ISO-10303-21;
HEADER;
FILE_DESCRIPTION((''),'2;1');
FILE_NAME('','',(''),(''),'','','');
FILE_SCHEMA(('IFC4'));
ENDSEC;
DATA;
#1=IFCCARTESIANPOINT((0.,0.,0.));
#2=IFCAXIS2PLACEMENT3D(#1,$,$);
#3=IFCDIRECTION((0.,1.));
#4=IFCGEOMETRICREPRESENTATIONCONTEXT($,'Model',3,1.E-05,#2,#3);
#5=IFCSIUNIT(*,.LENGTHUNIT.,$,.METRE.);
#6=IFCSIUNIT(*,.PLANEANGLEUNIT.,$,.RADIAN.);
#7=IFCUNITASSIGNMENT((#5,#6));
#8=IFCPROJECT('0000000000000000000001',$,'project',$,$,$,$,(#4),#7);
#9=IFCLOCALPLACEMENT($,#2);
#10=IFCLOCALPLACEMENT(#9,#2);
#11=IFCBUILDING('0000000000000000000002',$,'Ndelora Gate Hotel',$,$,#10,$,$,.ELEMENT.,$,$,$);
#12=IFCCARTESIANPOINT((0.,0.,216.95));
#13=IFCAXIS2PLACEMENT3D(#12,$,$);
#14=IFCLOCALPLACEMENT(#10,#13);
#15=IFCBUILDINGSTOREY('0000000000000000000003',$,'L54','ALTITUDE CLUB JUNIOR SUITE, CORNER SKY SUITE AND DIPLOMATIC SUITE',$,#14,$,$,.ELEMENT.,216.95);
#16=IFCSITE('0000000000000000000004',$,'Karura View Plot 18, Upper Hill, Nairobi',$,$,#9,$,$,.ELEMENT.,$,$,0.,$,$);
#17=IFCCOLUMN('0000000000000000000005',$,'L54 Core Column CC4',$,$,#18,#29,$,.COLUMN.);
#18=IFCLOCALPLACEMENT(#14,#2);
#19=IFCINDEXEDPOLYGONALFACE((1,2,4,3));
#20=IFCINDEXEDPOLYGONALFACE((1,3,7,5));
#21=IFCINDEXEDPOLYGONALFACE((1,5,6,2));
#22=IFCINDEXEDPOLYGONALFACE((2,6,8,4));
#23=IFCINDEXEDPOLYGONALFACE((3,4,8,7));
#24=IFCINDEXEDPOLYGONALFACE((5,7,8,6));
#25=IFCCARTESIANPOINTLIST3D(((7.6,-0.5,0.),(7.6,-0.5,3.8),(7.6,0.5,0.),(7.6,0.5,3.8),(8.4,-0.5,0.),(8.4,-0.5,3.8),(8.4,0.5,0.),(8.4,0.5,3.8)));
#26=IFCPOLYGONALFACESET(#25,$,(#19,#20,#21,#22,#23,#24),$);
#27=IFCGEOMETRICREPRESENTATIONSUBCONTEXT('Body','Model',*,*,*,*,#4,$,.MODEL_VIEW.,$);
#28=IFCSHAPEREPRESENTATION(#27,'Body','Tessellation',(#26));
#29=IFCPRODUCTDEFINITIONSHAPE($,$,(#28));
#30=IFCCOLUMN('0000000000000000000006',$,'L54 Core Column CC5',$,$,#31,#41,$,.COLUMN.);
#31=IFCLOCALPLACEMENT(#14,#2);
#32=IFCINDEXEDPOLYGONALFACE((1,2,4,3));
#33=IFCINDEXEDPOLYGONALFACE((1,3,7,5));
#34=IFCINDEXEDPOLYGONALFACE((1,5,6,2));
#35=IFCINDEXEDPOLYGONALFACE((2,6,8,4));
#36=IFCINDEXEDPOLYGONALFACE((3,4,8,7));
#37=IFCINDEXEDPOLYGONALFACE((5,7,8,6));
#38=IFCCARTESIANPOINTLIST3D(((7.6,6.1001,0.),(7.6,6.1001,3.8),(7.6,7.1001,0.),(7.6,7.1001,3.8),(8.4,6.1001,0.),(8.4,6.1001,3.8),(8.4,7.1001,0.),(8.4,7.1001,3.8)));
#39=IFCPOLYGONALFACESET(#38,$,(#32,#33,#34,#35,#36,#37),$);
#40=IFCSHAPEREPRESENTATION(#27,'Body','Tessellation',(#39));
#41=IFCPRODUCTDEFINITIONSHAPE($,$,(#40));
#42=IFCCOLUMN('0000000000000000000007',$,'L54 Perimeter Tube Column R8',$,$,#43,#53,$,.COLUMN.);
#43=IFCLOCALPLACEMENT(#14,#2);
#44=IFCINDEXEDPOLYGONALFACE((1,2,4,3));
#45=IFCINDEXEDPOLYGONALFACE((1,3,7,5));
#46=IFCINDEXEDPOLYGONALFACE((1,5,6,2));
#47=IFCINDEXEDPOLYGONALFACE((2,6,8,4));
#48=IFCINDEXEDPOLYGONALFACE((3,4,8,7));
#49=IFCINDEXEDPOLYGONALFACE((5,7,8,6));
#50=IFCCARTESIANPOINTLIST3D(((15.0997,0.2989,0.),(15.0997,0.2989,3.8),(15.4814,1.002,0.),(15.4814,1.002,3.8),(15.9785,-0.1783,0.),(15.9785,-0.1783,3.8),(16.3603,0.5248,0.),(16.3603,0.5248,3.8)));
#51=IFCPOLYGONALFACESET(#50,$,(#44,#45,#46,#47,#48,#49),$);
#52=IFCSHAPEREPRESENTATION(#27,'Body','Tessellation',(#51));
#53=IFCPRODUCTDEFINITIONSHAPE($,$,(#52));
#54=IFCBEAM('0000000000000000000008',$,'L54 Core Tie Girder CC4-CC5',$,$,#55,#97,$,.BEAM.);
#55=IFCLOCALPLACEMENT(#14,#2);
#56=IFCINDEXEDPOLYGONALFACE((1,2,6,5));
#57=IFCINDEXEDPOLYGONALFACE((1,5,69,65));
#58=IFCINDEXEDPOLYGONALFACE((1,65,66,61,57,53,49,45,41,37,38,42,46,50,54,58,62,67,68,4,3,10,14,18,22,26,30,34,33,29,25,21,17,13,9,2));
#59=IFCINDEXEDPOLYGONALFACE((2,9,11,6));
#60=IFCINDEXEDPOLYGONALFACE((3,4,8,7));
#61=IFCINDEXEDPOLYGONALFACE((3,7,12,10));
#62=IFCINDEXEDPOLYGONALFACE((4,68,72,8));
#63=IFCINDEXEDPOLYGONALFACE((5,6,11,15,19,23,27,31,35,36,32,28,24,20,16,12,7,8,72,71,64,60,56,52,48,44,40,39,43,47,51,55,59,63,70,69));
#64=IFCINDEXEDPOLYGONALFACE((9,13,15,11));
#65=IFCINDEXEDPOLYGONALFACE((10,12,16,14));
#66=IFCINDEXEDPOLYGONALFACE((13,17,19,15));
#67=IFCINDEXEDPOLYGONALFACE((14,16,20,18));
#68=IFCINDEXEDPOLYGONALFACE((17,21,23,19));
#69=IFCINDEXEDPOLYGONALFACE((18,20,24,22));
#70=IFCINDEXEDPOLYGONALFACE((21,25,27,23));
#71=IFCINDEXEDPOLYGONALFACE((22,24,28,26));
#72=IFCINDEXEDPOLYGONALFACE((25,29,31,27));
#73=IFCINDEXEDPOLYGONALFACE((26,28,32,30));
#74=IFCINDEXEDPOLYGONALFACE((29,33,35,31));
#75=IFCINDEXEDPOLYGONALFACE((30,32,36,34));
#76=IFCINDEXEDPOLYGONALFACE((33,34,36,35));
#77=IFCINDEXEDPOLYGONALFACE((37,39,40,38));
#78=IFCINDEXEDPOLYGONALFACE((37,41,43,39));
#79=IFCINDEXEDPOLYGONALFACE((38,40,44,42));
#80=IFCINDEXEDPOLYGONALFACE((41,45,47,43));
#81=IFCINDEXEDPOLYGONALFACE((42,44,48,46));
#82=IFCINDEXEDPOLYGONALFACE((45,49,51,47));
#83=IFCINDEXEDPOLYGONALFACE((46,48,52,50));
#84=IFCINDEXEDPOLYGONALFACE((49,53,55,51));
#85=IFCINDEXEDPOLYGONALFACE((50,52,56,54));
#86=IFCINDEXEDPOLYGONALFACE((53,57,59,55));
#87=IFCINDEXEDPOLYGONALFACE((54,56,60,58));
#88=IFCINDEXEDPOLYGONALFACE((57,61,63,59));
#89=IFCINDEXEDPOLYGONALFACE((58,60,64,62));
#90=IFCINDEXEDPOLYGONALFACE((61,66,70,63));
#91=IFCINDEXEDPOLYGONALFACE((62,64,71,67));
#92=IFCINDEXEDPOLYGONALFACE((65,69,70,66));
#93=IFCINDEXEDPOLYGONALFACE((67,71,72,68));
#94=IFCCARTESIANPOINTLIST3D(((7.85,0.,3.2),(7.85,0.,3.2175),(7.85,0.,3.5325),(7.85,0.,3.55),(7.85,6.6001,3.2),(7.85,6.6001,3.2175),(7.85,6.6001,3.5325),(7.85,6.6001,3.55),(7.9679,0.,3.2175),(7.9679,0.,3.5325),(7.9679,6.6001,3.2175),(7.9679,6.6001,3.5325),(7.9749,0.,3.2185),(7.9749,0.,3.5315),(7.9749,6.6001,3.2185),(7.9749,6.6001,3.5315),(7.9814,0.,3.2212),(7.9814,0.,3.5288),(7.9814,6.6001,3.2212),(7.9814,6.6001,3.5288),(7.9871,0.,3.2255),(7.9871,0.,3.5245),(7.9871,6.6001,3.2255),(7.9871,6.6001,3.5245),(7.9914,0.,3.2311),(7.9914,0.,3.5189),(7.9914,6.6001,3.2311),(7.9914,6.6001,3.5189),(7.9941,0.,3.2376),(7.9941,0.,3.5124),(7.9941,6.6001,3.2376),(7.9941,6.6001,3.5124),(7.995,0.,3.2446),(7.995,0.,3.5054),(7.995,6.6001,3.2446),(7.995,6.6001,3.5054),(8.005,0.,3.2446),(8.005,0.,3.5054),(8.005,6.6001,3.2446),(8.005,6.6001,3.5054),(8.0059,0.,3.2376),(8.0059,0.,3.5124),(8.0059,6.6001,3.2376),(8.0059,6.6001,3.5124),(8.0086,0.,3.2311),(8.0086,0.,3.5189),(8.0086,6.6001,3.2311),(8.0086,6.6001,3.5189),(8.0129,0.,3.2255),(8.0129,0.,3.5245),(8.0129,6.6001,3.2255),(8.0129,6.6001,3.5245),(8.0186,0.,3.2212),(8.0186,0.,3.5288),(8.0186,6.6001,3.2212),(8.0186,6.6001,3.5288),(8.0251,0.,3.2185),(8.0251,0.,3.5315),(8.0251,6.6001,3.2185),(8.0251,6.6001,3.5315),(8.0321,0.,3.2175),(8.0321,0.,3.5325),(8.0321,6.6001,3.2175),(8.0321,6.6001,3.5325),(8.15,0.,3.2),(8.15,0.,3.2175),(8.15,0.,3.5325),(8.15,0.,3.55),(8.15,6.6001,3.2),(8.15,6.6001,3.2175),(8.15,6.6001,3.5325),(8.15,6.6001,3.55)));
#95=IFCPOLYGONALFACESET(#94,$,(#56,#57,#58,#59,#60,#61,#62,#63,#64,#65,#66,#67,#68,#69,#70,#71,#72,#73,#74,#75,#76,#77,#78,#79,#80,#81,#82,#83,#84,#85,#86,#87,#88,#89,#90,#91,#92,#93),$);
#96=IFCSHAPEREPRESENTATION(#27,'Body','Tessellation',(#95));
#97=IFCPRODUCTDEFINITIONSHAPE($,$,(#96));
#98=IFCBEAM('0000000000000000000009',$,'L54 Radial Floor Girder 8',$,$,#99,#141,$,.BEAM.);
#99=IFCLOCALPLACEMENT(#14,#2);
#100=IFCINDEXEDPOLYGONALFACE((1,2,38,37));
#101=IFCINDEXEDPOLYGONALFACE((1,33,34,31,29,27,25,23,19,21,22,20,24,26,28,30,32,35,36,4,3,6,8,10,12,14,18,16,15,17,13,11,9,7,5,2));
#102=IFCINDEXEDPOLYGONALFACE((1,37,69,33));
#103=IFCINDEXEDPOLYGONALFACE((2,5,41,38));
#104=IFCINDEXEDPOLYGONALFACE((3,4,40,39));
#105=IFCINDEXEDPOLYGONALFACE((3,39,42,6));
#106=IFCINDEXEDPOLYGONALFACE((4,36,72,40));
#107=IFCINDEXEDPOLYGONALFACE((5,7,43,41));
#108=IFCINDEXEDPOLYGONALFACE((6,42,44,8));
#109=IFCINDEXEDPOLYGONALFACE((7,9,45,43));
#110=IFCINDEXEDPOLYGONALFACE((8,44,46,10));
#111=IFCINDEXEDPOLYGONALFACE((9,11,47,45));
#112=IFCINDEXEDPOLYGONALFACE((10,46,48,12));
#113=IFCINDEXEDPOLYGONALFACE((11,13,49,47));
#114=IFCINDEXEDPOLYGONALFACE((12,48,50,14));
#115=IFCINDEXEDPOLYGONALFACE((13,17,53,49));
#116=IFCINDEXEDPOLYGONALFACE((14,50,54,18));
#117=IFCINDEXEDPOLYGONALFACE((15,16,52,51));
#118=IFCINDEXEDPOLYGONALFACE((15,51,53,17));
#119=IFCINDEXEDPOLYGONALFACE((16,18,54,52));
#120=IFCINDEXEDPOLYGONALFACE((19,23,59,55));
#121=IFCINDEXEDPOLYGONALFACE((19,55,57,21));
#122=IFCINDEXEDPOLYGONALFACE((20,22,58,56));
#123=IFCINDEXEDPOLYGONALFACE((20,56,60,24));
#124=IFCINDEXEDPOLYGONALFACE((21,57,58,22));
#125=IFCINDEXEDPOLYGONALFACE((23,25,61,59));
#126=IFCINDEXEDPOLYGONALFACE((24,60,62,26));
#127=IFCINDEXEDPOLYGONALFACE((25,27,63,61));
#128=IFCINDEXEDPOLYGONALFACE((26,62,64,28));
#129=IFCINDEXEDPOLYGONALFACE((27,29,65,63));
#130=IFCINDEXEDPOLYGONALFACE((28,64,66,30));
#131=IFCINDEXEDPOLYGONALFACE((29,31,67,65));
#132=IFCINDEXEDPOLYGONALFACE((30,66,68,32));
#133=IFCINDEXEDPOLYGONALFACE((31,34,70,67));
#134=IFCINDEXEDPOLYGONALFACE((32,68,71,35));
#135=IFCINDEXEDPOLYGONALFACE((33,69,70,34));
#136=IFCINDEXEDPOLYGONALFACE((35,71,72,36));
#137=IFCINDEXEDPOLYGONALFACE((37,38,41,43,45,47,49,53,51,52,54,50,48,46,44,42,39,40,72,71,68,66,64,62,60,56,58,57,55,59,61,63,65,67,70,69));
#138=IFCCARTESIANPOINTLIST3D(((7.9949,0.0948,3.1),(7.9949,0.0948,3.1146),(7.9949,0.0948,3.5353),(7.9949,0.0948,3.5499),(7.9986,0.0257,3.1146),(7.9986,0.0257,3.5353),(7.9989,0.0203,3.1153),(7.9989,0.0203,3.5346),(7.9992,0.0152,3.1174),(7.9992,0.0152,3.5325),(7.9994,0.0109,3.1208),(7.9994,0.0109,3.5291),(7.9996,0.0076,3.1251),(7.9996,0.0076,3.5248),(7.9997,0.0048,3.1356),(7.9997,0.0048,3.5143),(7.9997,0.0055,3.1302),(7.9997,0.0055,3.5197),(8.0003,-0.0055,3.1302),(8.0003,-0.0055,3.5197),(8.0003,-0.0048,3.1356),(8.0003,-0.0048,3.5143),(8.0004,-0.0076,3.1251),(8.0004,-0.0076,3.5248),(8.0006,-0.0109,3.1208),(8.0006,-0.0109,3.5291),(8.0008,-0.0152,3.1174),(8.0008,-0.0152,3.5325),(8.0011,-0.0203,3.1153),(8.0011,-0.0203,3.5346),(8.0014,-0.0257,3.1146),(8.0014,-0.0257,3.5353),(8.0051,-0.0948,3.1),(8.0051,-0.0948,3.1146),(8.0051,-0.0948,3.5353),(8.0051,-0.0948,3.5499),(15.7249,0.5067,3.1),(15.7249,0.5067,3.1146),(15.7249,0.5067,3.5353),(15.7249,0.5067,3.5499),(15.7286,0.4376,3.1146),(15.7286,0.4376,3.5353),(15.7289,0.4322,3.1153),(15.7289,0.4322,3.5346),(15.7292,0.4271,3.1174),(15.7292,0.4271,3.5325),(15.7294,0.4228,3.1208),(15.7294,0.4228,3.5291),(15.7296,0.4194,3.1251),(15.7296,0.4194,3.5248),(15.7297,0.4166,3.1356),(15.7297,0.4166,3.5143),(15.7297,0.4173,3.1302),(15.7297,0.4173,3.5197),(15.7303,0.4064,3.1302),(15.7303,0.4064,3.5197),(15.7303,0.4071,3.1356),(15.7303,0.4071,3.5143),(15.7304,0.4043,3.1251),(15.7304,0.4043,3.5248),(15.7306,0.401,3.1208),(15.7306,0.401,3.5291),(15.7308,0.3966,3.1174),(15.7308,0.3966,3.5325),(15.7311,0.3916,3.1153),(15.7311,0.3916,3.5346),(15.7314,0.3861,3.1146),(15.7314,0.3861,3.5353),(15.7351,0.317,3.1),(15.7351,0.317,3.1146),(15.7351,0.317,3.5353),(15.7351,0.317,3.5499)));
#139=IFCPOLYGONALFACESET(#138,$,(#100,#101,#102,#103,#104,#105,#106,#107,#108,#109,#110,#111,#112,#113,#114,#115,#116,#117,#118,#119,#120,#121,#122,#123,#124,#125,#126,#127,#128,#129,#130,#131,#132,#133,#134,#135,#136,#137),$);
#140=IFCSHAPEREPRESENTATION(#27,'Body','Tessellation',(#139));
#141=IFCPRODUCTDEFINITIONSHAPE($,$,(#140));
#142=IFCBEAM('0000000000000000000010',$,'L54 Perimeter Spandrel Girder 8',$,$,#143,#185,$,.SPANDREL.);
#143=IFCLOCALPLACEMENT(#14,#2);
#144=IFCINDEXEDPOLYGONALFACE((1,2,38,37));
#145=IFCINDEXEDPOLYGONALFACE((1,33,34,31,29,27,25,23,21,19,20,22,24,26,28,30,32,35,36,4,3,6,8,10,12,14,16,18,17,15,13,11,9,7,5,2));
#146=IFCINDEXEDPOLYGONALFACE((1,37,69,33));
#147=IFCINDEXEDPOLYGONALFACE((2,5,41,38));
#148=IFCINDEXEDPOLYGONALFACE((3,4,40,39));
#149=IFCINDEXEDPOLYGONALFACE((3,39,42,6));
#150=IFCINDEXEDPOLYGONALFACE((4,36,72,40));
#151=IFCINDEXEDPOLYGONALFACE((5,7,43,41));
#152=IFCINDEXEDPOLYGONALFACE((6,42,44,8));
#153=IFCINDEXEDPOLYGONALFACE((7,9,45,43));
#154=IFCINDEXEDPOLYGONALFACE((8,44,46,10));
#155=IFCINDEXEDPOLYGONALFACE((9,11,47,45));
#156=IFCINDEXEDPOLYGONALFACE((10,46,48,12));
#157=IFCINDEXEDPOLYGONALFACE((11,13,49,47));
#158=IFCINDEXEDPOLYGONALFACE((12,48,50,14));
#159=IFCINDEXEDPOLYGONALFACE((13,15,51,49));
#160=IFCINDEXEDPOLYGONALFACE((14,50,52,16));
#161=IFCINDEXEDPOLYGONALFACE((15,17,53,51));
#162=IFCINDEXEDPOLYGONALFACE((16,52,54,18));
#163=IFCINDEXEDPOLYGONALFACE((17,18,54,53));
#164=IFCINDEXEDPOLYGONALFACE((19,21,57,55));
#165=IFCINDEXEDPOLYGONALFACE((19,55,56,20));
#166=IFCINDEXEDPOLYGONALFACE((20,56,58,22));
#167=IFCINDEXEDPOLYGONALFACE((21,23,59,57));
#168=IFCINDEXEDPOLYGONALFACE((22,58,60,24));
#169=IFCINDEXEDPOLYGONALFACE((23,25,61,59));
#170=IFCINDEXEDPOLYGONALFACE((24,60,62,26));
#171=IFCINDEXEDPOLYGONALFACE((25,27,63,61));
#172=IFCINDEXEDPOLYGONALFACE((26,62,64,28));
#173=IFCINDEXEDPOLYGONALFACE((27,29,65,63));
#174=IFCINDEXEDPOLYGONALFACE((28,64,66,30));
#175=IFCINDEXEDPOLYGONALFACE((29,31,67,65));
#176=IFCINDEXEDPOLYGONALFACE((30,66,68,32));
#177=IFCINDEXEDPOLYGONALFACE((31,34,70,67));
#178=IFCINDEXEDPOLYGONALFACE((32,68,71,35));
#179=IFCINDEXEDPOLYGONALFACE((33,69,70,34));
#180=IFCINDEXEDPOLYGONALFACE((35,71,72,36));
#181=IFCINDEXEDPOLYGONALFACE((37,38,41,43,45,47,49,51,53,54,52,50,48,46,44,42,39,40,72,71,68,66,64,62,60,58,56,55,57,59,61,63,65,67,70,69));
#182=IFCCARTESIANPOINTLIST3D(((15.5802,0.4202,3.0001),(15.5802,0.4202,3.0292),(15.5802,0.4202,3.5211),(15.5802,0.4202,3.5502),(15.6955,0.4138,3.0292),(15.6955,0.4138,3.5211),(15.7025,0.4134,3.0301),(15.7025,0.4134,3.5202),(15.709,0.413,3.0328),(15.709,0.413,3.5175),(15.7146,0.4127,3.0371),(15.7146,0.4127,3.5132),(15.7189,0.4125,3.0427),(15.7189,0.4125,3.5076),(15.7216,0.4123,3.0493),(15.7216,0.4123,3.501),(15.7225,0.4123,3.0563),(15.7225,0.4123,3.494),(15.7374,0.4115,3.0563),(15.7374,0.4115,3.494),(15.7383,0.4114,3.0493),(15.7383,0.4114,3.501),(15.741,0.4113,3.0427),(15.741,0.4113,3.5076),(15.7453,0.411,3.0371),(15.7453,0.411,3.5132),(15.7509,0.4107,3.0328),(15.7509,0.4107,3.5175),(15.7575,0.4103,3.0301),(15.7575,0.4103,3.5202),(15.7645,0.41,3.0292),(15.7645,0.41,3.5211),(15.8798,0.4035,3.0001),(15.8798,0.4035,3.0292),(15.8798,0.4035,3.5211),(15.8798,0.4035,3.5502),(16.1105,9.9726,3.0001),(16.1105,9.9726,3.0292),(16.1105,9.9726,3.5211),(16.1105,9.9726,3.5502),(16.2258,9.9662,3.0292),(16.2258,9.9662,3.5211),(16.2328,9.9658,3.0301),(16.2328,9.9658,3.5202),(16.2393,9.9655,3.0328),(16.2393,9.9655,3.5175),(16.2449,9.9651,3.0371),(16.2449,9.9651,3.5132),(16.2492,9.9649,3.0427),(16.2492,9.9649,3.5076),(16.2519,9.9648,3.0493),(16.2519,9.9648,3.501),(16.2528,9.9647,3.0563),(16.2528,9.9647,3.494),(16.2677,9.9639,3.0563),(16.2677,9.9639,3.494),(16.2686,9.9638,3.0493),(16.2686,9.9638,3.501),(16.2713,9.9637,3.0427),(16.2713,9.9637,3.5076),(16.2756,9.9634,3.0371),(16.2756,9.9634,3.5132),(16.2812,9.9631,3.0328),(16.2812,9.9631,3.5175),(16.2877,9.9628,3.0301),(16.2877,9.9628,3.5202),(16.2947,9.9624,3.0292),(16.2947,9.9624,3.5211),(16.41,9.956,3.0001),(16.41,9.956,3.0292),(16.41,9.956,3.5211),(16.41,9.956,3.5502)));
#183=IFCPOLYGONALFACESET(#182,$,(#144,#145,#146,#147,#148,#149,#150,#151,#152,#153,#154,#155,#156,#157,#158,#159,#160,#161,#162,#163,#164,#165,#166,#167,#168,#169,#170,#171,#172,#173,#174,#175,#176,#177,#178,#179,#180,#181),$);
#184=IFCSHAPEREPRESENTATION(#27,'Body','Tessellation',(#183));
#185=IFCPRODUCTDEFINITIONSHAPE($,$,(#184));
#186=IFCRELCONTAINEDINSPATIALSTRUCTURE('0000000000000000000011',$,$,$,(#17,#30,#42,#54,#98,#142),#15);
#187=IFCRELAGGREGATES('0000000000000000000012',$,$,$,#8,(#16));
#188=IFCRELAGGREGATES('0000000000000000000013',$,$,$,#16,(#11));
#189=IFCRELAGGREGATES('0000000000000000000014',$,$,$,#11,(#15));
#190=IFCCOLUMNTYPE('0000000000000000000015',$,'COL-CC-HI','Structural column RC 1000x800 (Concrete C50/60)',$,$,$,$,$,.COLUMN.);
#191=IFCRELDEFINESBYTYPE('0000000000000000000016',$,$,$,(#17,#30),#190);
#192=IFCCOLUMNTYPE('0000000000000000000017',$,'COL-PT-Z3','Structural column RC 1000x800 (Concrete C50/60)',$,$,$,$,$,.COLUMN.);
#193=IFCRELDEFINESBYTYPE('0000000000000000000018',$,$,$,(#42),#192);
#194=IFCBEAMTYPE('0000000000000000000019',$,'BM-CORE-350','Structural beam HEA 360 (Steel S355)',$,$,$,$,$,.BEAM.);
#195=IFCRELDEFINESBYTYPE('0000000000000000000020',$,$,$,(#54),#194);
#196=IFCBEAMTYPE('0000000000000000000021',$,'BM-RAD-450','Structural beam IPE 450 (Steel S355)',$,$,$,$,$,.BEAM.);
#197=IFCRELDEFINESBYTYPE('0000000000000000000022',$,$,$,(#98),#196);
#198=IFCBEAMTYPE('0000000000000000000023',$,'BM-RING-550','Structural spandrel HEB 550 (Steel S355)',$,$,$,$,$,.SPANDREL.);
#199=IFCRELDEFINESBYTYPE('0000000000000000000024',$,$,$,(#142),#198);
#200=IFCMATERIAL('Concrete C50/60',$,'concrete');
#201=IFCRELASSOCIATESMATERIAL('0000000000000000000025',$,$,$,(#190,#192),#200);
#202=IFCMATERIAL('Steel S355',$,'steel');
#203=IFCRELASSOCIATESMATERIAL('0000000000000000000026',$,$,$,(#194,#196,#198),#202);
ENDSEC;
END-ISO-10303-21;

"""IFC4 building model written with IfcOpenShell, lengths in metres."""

from ifc_helpers import new_model, si_unit, direction, frame, origin, origin_2d, place, context, subcontext, project, spatial, rectangle, i_section, extrude, material, material_profile, profile_set, type_object, element, save


model = new_model("IFC4")

# Units and contexts
model_context = context("Model", 3, precision=1e-05, world=origin(), true_north=direction((0.0, 1.0)))
body_context = subcontext(model_context, "Body", "Model", "MODEL_VIEW")
ifc_project = project(units=[si_unit("LENGTHUNIT", "METRE"), si_unit("PLANEANGLEUNIT", "RADIAN")], contexts=[model_context])

# Site, building, storey
site_placement = place(None, origin())
site = spatial("IfcSite", under=ifc_project, at=site_placement, Name="Karura View Plot 18, Upper Hill, Nairobi", CompositionType="ELEMENT", RefElevation=0.0)
building_placement = place(site_placement, origin())
building = spatial("IfcBuilding", under=site, at=building_placement, Name="Ndelora Gate Hotel", CompositionType="ELEMENT")
storey_placement = place(building_placement, frame((0.0, 0.0, 216.95)))
storey = spatial("IfcBuildingStorey", under=building, at=storey_placement, Name="L54", Description="ALTITUDE CLUB JUNIOR SUITE, CORNER SKY SUITE AND DIPLOMATIC SUITE", CompositionType="ELEMENT", Elevation=216.95)

# Columns
ifc_material_1 = material(Name="Concrete C50/60", Category="concrete")
ifc_material_profile_1 = material_profile(ifc_material_1, rectangle(XDim=0.8, YDim=1.0, at=origin_2d()), Name="RC 1000x800")
ifc_profile_set_1 = profile_set([ifc_material_profile_1], Name="Concrete C50/60")
column_type_1 = type_object("IfcColumnType", Name="COL-CC-HI", Description="Structural column RC 1000x800 (Concrete C50/60)", PredefinedType="COLUMN", material=ifc_profile_set_1)
for number, where, z_axis, x_axis, name in (
    (1, (8.0, 0.0, 0.0), (0.0, 0.0, 1.0), (1.0, 0.0, 0.0), "L54 Core Column CC4"),
    (2, (8.0, 6.6001, 0.0), (0.0, 0.0, 1.0), (1.0, 0.0, 0.0), "L54 Core Column CC5"),
):
    element("IfcColumn", number, at=place(storey_placement, frame(where, z_axis=z_axis, x_axis=x_axis)), inside=storey, type_object=column_type_1, Name=name, PredefinedType="COLUMN", context=body_context, shape_type="SweptSolid", body=[
        extrude(rectangle(XDim=0.8, YDim=1.0, at=origin_2d()), origin(), (0.0, 0.0, 1.0), 3.8),
    ])
ifc_material_profile_2 = material_profile(ifc_material_1, rectangle(XDim=0.8, YDim=1.0, at=origin_2d()), Name="RC 1000x800")
ifc_profile_set_2 = profile_set([ifc_material_profile_2], Name="Concrete C50/60")
column_type_2 = type_object("IfcColumnType", Name="COL-PT-Z3", Description="Structural column RC 1000x800 (Concrete C50/60)", PredefinedType="COLUMN", material=ifc_profile_set_2)
column_placement = place(storey_placement, frame((15.73, 0.4119, 0.0), z_axis=(0.0, 0.0, 1.0), x_axis=(0.477159, 0.878817, 0.0)))
element("IfcColumn", 3, at=column_placement, inside=storey, type_object=column_type_2, Name="L54 Perimeter Tube Column R8", PredefinedType="COLUMN", context=body_context, shape_type="SweptSolid", body=[
    extrude(rectangle(XDim=0.8, YDim=1.0, at=origin_2d()), origin(), (0.0, 0.0, 1.0), 3.8),
])

# Beams
ifc_material_2 = material(Name="Steel S355", Category="steel")
ifc_material_profile_3 = material_profile(ifc_material_2, i_section(OverallWidth=0.3, OverallDepth=0.3501, WebThickness=0.01, FlangeThickness=0.0176, FilletRadius=0.0271, at=origin_2d()), Name="HEA 360")
ifc_profile_set_3 = profile_set([ifc_material_profile_3], Name="Steel S355")
beam_type_1 = type_object("IfcBeamType", Name="BM-CORE-350", Description="Structural beam HEA 360 (Steel S355)", PredefinedType="BEAM", material=ifc_profile_set_3)
beam_1_placement = place(storey_placement, frame((8.0, 0.0, 3.375), z_axis=(0.0, 1.0, 0.0), x_axis=(-1.0, 0.0, 0.0)))
element("IfcBeam", 4, at=beam_1_placement, inside=storey, type_object=beam_type_1, Name="L54 Core Tie Girder CC4-CC5", PredefinedType="BEAM", context=body_context, shape_type="SweptSolid", body=[
    extrude(i_section(OverallWidth=0.3, OverallDepth=0.3501, WebThickness=0.01, FlangeThickness=0.0176, FilletRadius=0.0271, at=origin_2d()), origin(), (0.0, 0.0, 1.0), 6.6001),
])
ifc_material_profile_4 = material_profile(ifc_material_2, i_section(OverallWidth=0.1899, OverallDepth=0.45, WebThickness=0.0095, FlangeThickness=0.0146, FilletRadius=0.021, at=origin_2d()), Name="IPE 450")
ifc_profile_set_4 = profile_set([ifc_material_profile_4], Name="Steel S355")
beam_type_2 = type_object("IfcBeamType", Name="BM-RAD-450", Description="Structural beam IPE 450 (Steel S355)", PredefinedType="BEAM", material=ifc_profile_set_4)
beam_2_placement = place(storey_placement, frame((8.0, 0.0, 3.325), z_axis=(0.998584, 0.053206, 0.0), x_axis=(-0.053206, 0.998584, 0.0)))
element("IfcBeam", 5, at=beam_2_placement, inside=storey, type_object=beam_type_2, Name="L54 Radial Floor Girder 8", PredefinedType="BEAM", context=body_context, shape_type="SweptSolid", body=[
    extrude(i_section(OverallWidth=0.1899, OverallDepth=0.45, WebThickness=0.0095, FlangeThickness=0.0146, FilletRadius=0.021, at=origin_2d()), origin(), (0.0, 0.0, 1.0), 7.741),
])
ifc_material_profile_5 = material_profile(ifc_material_2, i_section(OverallWidth=0.3, OverallDepth=0.55, WebThickness=0.0149, FlangeThickness=0.0291, FilletRadius=0.0271, at=origin_2d()), Name="HEB 550")
ifc_profile_set_5 = profile_set([ifc_material_profile_5], Name="Steel S355")
beam_type_3 = type_object("IfcBeamType", Name="BM-RING-550", Description="Structural spandrel HEB 550 (Steel S355)", PredefinedType="SPANDREL", material=ifc_profile_set_5)
beam_3_placement = place(storey_placement, frame((15.73, 0.4119, 3.2751), z_axis=(0.055426, 0.998463, 0.0), x_axis=(-0.998463, 0.055426, 0.0)))
element("IfcBeam", 6, at=beam_3_placement, inside=storey, type_object=beam_type_3, Name="L54 Perimeter Spandrel Girder 8", PredefinedType="SPANDREL", context=body_context, shape_type="SweptSolid", body=[
    extrude(i_section(OverallWidth=0.3, OverallDepth=0.55, WebThickness=0.0149, FlangeThickness=0.0291, FilletRadius=0.0271, at=origin_2d()), origin(), (0.0, 0.0, 1.0), 9.5671),
])

save(model, "model.ifc")
